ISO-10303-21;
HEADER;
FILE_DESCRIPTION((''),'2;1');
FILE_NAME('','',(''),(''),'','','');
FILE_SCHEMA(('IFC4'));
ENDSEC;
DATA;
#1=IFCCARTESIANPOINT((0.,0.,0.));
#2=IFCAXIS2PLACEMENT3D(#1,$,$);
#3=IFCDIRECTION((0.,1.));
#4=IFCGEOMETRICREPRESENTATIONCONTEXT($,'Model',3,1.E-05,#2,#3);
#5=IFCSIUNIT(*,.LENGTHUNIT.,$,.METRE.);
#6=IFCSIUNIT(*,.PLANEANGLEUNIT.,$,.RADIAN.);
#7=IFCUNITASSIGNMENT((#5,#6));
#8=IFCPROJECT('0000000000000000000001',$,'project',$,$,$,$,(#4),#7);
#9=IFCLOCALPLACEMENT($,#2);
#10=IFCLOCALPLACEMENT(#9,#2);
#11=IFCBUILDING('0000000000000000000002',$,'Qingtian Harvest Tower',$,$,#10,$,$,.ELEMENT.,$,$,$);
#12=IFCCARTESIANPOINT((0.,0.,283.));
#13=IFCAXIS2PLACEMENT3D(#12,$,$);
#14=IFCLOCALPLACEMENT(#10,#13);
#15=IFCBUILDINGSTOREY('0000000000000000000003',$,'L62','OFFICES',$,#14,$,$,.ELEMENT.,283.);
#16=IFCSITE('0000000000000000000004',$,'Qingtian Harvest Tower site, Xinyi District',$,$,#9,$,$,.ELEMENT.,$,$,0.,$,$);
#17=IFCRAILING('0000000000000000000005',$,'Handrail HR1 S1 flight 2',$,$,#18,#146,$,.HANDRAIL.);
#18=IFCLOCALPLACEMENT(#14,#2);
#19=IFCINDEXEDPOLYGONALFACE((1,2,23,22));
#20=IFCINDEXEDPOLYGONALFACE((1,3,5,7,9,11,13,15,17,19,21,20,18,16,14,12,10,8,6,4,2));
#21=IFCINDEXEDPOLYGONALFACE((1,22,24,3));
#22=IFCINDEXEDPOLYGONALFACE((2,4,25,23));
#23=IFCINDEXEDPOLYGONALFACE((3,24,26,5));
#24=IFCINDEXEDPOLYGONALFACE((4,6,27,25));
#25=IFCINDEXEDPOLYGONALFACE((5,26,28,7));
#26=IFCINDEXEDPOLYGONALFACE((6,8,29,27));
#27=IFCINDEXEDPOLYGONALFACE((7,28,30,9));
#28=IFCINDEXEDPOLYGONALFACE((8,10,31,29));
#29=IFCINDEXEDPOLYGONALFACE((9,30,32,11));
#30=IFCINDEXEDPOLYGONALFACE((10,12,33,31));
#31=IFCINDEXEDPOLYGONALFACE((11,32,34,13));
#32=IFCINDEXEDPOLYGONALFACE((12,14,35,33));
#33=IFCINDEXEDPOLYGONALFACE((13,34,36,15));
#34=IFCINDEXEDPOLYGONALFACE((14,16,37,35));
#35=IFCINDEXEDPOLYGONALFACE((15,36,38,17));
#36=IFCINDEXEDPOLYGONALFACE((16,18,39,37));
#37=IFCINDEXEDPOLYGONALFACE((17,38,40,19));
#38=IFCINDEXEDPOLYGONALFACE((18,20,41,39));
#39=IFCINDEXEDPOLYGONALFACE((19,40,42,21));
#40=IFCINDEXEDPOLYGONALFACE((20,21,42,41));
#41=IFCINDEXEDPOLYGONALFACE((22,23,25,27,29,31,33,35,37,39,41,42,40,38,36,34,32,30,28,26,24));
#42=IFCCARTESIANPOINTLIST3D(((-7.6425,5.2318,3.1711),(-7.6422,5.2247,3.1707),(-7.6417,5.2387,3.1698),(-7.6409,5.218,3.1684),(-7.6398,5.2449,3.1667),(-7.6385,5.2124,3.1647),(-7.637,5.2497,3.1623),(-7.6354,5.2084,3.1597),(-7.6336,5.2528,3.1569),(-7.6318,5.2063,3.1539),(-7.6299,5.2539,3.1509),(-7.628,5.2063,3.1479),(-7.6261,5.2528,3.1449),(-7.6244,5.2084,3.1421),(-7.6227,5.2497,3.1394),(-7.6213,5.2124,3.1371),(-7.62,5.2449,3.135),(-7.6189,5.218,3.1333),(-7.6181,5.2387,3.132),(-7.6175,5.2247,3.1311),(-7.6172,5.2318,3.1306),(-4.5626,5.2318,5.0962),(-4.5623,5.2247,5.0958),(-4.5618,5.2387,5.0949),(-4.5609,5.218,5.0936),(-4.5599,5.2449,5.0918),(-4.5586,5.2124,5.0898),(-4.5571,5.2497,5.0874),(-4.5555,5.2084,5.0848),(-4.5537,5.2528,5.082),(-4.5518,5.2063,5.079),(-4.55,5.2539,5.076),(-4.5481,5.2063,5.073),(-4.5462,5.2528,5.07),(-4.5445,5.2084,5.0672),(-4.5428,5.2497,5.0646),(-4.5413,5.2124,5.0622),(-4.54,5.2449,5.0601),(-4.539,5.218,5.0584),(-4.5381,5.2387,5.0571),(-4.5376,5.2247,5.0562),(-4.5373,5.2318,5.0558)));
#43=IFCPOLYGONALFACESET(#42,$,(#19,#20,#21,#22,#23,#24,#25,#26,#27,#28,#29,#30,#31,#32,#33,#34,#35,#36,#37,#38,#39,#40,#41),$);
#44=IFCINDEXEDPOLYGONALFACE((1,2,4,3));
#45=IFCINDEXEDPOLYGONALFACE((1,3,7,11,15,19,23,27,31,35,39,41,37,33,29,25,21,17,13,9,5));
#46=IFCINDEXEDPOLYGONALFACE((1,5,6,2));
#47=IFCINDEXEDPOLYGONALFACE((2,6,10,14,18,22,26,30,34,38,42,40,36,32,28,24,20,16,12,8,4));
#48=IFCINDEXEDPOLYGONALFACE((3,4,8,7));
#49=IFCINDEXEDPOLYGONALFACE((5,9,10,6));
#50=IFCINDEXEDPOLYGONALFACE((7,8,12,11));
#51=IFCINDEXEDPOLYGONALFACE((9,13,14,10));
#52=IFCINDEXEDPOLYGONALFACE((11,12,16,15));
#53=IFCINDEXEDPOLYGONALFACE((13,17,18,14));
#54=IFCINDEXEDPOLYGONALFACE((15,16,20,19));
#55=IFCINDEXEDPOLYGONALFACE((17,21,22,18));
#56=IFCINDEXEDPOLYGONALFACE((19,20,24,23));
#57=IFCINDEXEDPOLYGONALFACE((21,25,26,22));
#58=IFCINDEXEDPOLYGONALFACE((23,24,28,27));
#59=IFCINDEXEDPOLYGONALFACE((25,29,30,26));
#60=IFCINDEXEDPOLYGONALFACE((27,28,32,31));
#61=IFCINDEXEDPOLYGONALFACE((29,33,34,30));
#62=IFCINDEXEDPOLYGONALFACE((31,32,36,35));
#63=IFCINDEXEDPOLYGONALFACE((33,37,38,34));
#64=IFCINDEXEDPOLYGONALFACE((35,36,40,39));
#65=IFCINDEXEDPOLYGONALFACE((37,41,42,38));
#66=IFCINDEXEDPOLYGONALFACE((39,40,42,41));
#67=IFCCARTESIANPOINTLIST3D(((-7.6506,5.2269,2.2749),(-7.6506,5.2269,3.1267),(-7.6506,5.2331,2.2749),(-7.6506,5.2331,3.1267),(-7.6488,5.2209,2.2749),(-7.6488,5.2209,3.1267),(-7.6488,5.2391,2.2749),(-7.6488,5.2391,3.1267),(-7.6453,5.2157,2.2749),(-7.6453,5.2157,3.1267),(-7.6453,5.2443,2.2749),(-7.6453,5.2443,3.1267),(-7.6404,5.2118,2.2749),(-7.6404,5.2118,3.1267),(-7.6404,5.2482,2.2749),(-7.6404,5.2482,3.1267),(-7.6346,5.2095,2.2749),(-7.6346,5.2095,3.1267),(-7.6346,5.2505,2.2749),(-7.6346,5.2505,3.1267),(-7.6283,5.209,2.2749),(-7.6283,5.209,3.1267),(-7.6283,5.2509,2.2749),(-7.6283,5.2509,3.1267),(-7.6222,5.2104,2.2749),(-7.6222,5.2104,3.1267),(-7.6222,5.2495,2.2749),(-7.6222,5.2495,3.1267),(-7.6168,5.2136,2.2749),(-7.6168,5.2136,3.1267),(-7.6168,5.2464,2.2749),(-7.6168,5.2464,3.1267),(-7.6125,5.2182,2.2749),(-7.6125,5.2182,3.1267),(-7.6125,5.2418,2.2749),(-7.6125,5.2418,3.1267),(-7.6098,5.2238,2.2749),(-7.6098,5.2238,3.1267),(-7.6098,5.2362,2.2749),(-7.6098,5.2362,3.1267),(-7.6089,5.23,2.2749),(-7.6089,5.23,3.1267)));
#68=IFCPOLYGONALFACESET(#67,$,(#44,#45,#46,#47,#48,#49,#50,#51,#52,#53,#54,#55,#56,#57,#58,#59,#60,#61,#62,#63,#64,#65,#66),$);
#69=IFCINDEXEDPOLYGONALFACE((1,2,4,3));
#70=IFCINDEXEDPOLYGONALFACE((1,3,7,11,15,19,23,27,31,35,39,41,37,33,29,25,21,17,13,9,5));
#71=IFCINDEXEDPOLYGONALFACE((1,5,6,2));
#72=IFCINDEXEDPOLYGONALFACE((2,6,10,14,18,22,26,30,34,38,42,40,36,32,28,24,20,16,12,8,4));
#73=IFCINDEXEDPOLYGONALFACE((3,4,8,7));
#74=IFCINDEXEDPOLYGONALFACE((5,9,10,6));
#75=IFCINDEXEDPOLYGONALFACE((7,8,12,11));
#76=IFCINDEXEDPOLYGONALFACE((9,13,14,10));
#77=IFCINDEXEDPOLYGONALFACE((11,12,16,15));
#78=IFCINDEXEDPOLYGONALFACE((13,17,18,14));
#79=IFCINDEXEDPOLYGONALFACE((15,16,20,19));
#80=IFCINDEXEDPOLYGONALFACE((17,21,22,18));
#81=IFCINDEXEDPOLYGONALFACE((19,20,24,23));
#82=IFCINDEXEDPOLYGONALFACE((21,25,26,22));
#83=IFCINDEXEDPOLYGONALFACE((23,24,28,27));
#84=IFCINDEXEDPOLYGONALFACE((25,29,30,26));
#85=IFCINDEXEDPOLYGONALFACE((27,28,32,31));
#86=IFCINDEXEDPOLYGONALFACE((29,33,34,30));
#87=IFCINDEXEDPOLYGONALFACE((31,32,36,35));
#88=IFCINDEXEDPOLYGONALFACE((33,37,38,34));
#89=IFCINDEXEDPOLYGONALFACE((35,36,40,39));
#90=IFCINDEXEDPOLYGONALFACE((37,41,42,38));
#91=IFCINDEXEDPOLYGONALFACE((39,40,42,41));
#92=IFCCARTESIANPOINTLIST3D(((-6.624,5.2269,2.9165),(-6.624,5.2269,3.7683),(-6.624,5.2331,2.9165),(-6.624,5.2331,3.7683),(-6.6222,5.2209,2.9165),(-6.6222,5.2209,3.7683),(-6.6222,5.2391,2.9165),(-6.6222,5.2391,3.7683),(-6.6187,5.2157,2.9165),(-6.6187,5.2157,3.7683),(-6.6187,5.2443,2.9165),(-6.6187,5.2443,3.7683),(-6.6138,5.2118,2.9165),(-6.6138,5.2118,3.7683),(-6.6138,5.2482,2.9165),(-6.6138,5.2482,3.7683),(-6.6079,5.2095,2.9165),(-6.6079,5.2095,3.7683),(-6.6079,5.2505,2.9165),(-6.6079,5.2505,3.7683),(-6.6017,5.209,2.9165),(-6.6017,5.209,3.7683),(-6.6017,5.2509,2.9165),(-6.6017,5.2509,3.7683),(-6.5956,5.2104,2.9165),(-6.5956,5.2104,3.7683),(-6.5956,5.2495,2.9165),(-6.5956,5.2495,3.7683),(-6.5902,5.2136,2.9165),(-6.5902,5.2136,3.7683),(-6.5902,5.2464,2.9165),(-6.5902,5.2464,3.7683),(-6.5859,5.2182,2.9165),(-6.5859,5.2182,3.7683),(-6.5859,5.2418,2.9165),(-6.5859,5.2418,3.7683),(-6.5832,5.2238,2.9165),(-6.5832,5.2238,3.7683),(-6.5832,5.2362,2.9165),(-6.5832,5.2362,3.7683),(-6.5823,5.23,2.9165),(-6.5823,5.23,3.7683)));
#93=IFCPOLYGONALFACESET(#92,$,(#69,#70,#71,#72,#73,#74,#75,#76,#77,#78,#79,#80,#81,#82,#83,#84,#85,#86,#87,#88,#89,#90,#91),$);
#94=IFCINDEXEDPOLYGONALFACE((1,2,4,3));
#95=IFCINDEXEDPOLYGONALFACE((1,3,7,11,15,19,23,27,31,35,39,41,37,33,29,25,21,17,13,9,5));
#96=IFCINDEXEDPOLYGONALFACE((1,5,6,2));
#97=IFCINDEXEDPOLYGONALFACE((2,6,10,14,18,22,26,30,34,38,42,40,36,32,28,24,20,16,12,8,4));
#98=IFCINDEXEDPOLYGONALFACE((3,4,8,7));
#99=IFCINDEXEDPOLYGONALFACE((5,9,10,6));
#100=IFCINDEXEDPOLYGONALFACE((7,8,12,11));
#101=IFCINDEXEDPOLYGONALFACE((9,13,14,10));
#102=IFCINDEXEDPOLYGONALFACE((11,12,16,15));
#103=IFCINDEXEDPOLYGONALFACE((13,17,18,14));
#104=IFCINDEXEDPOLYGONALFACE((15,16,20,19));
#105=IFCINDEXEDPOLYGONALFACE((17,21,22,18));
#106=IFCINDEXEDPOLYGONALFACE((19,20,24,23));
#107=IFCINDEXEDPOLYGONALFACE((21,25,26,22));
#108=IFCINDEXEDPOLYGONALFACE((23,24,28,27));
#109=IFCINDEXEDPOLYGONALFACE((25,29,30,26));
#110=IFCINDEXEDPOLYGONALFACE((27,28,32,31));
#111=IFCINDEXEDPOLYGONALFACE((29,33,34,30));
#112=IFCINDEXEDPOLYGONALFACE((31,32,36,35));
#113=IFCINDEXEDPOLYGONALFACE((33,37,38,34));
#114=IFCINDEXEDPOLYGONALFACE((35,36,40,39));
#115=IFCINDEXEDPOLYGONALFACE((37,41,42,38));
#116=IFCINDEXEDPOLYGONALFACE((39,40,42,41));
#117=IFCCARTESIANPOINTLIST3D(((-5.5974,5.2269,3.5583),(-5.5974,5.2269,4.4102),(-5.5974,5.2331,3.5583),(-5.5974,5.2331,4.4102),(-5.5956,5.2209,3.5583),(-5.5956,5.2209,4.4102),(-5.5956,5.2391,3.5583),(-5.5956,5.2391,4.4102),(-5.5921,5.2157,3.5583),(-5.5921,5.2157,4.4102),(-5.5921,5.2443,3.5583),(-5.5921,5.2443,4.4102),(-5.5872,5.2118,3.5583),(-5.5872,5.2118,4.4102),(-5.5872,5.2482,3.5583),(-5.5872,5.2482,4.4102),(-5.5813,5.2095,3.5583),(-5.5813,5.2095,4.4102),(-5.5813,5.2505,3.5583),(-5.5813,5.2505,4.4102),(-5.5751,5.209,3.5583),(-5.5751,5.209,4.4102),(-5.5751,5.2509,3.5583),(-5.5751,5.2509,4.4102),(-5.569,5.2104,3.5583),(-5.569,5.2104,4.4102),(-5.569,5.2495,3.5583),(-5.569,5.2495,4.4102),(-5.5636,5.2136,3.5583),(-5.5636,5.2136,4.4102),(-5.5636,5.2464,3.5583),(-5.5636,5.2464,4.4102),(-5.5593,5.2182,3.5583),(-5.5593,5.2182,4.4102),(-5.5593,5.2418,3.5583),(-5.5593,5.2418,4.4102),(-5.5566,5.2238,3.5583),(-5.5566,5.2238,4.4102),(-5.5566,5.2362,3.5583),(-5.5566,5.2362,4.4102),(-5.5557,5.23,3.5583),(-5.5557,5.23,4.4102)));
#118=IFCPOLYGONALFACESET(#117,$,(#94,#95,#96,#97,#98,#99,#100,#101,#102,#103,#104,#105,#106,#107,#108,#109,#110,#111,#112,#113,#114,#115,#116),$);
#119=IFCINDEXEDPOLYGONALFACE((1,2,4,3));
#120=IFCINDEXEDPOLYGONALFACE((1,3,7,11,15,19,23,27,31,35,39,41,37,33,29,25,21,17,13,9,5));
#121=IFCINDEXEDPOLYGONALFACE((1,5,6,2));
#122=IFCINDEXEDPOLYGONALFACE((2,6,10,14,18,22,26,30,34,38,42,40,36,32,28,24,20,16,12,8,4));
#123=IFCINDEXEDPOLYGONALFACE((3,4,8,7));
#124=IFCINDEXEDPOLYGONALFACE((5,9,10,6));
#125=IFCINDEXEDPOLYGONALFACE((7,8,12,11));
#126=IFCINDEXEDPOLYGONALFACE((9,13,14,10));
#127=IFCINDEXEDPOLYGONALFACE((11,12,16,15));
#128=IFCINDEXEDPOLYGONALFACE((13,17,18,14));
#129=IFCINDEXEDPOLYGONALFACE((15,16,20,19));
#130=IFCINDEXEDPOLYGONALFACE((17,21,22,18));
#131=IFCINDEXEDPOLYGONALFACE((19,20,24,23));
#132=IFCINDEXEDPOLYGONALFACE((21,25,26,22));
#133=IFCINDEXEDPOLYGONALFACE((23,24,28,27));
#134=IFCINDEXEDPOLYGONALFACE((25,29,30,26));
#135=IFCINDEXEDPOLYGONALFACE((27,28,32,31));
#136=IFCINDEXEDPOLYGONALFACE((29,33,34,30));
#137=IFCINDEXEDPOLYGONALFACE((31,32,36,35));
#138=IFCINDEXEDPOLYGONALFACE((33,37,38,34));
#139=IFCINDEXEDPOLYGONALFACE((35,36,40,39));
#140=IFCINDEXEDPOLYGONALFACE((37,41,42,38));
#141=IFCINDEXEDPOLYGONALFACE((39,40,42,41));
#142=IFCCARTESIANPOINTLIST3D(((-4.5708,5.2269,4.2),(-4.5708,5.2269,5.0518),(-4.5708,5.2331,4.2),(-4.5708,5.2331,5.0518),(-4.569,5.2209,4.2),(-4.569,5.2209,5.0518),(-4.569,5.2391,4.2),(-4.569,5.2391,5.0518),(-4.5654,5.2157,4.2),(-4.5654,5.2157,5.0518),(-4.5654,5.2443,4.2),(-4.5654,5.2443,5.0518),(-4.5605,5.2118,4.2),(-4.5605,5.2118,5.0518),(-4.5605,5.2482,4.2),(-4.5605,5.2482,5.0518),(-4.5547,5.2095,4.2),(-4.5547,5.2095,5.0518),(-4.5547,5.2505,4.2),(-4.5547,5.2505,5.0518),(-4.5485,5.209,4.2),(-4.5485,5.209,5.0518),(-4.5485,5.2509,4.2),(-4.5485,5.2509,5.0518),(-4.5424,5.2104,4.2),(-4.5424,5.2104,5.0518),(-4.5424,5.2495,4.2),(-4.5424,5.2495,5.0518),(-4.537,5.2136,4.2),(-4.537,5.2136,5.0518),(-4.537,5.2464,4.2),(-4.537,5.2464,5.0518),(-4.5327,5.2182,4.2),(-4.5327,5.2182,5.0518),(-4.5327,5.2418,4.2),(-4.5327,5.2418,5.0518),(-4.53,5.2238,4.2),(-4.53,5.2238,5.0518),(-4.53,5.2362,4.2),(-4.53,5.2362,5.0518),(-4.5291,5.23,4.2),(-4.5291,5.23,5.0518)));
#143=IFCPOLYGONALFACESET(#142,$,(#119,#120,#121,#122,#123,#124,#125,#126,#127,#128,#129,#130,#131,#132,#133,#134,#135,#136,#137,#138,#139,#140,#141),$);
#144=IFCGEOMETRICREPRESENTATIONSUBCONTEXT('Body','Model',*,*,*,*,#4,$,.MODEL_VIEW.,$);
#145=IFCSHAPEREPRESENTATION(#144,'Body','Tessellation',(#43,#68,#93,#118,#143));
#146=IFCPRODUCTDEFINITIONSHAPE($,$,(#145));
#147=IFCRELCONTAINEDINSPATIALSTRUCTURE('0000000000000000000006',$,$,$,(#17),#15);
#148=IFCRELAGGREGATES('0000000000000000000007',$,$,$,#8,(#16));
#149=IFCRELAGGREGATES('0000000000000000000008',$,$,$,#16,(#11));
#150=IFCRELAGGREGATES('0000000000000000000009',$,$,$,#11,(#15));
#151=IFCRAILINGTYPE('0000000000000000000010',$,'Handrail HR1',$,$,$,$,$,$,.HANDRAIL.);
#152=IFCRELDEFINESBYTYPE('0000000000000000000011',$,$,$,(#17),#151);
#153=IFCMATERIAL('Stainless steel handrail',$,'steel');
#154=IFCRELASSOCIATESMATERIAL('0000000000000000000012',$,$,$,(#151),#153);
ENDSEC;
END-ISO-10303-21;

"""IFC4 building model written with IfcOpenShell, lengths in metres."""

from ifc_helpers import new_model, si_unit, direction, frame, origin, origin_2d, place, context, subcontext, project, spatial, circle, extrude, material, type_object, element, save


model = new_model("IFC4")

# Units and contexts
model_context = context("Model", 3, precision=1e-05, world=origin(), true_north=direction((0.0, 1.0)))
body_context = subcontext(model_context, "Body", "Model", "MODEL_VIEW")
ifc_project = project(units=[si_unit("LENGTHUNIT", "METRE"), si_unit("PLANEANGLEUNIT", "RADIAN")], contexts=[model_context])

# Site, building, storey
site_placement = place(None, origin())
site = spatial("IfcSite", under=ifc_project, at=site_placement, Name="Qingtian Harvest Tower site, Xinyi District", CompositionType="ELEMENT", RefElevation=0.0)
building_placement = place(site_placement, origin())
building = spatial("IfcBuilding", under=site, at=building_placement, Name="Qingtian Harvest Tower", CompositionType="ELEMENT")
storey_placement = place(building_placement, frame((0.0, 0.0, 283.0)))
storey = spatial("IfcBuildingStorey", under=building, at=storey_placement, Name="L62", Description="OFFICES", CompositionType="ELEMENT", Elevation=283.0)

# Railing
ifc_material_1 = material(Name="Stainless steel handrail", Category="steel")
railing_type = type_object("IfcRailingType", Name="Handrail HR1", PredefinedType="HANDRAIL", material=ifc_material_1)
railing_1_placement = place(storey_placement, frame((-7.6299, 5.23, 2.2749)))
element("IfcRailing", 1, at=railing_1_placement, inside=storey, type_object=railing_type, Name="Handrail HR1 S1 flight 2", PredefinedType="HANDRAIL", context=body_context, shape_type="SweptSolid", body=[
    extrude(circle(Radius=0.0239, at=origin_2d()), frame((0.0, 0.0, 0.876), z_axis=(0.847979, 0.0, 0.530029), x_axis=(0.0, 1.0, 0.0)), (0.0, 0.0, 1.0), 3.6321),
    extrude(circle(Radius=0.021, at=origin_2d()), origin(), (0.0, 0.0, 1.0), 0.8518),
    extrude(circle(Radius=0.021, at=origin_2d()), frame((1.0266, 0.0, 0.6416)), (0.0, 0.0, 1.0), 0.8518),
    extrude(circle(Radius=0.021, at=origin_2d()), frame((2.0532, 0.0, 1.2834)), (0.0, 0.0, 1.0), 0.8518),
    extrude(circle(Radius=0.021, at=origin_2d()), frame((3.0798, 0.0, 1.925)), (0.0, 0.0, 1.0), 0.8518),
])

save(model, "model.ifc")
